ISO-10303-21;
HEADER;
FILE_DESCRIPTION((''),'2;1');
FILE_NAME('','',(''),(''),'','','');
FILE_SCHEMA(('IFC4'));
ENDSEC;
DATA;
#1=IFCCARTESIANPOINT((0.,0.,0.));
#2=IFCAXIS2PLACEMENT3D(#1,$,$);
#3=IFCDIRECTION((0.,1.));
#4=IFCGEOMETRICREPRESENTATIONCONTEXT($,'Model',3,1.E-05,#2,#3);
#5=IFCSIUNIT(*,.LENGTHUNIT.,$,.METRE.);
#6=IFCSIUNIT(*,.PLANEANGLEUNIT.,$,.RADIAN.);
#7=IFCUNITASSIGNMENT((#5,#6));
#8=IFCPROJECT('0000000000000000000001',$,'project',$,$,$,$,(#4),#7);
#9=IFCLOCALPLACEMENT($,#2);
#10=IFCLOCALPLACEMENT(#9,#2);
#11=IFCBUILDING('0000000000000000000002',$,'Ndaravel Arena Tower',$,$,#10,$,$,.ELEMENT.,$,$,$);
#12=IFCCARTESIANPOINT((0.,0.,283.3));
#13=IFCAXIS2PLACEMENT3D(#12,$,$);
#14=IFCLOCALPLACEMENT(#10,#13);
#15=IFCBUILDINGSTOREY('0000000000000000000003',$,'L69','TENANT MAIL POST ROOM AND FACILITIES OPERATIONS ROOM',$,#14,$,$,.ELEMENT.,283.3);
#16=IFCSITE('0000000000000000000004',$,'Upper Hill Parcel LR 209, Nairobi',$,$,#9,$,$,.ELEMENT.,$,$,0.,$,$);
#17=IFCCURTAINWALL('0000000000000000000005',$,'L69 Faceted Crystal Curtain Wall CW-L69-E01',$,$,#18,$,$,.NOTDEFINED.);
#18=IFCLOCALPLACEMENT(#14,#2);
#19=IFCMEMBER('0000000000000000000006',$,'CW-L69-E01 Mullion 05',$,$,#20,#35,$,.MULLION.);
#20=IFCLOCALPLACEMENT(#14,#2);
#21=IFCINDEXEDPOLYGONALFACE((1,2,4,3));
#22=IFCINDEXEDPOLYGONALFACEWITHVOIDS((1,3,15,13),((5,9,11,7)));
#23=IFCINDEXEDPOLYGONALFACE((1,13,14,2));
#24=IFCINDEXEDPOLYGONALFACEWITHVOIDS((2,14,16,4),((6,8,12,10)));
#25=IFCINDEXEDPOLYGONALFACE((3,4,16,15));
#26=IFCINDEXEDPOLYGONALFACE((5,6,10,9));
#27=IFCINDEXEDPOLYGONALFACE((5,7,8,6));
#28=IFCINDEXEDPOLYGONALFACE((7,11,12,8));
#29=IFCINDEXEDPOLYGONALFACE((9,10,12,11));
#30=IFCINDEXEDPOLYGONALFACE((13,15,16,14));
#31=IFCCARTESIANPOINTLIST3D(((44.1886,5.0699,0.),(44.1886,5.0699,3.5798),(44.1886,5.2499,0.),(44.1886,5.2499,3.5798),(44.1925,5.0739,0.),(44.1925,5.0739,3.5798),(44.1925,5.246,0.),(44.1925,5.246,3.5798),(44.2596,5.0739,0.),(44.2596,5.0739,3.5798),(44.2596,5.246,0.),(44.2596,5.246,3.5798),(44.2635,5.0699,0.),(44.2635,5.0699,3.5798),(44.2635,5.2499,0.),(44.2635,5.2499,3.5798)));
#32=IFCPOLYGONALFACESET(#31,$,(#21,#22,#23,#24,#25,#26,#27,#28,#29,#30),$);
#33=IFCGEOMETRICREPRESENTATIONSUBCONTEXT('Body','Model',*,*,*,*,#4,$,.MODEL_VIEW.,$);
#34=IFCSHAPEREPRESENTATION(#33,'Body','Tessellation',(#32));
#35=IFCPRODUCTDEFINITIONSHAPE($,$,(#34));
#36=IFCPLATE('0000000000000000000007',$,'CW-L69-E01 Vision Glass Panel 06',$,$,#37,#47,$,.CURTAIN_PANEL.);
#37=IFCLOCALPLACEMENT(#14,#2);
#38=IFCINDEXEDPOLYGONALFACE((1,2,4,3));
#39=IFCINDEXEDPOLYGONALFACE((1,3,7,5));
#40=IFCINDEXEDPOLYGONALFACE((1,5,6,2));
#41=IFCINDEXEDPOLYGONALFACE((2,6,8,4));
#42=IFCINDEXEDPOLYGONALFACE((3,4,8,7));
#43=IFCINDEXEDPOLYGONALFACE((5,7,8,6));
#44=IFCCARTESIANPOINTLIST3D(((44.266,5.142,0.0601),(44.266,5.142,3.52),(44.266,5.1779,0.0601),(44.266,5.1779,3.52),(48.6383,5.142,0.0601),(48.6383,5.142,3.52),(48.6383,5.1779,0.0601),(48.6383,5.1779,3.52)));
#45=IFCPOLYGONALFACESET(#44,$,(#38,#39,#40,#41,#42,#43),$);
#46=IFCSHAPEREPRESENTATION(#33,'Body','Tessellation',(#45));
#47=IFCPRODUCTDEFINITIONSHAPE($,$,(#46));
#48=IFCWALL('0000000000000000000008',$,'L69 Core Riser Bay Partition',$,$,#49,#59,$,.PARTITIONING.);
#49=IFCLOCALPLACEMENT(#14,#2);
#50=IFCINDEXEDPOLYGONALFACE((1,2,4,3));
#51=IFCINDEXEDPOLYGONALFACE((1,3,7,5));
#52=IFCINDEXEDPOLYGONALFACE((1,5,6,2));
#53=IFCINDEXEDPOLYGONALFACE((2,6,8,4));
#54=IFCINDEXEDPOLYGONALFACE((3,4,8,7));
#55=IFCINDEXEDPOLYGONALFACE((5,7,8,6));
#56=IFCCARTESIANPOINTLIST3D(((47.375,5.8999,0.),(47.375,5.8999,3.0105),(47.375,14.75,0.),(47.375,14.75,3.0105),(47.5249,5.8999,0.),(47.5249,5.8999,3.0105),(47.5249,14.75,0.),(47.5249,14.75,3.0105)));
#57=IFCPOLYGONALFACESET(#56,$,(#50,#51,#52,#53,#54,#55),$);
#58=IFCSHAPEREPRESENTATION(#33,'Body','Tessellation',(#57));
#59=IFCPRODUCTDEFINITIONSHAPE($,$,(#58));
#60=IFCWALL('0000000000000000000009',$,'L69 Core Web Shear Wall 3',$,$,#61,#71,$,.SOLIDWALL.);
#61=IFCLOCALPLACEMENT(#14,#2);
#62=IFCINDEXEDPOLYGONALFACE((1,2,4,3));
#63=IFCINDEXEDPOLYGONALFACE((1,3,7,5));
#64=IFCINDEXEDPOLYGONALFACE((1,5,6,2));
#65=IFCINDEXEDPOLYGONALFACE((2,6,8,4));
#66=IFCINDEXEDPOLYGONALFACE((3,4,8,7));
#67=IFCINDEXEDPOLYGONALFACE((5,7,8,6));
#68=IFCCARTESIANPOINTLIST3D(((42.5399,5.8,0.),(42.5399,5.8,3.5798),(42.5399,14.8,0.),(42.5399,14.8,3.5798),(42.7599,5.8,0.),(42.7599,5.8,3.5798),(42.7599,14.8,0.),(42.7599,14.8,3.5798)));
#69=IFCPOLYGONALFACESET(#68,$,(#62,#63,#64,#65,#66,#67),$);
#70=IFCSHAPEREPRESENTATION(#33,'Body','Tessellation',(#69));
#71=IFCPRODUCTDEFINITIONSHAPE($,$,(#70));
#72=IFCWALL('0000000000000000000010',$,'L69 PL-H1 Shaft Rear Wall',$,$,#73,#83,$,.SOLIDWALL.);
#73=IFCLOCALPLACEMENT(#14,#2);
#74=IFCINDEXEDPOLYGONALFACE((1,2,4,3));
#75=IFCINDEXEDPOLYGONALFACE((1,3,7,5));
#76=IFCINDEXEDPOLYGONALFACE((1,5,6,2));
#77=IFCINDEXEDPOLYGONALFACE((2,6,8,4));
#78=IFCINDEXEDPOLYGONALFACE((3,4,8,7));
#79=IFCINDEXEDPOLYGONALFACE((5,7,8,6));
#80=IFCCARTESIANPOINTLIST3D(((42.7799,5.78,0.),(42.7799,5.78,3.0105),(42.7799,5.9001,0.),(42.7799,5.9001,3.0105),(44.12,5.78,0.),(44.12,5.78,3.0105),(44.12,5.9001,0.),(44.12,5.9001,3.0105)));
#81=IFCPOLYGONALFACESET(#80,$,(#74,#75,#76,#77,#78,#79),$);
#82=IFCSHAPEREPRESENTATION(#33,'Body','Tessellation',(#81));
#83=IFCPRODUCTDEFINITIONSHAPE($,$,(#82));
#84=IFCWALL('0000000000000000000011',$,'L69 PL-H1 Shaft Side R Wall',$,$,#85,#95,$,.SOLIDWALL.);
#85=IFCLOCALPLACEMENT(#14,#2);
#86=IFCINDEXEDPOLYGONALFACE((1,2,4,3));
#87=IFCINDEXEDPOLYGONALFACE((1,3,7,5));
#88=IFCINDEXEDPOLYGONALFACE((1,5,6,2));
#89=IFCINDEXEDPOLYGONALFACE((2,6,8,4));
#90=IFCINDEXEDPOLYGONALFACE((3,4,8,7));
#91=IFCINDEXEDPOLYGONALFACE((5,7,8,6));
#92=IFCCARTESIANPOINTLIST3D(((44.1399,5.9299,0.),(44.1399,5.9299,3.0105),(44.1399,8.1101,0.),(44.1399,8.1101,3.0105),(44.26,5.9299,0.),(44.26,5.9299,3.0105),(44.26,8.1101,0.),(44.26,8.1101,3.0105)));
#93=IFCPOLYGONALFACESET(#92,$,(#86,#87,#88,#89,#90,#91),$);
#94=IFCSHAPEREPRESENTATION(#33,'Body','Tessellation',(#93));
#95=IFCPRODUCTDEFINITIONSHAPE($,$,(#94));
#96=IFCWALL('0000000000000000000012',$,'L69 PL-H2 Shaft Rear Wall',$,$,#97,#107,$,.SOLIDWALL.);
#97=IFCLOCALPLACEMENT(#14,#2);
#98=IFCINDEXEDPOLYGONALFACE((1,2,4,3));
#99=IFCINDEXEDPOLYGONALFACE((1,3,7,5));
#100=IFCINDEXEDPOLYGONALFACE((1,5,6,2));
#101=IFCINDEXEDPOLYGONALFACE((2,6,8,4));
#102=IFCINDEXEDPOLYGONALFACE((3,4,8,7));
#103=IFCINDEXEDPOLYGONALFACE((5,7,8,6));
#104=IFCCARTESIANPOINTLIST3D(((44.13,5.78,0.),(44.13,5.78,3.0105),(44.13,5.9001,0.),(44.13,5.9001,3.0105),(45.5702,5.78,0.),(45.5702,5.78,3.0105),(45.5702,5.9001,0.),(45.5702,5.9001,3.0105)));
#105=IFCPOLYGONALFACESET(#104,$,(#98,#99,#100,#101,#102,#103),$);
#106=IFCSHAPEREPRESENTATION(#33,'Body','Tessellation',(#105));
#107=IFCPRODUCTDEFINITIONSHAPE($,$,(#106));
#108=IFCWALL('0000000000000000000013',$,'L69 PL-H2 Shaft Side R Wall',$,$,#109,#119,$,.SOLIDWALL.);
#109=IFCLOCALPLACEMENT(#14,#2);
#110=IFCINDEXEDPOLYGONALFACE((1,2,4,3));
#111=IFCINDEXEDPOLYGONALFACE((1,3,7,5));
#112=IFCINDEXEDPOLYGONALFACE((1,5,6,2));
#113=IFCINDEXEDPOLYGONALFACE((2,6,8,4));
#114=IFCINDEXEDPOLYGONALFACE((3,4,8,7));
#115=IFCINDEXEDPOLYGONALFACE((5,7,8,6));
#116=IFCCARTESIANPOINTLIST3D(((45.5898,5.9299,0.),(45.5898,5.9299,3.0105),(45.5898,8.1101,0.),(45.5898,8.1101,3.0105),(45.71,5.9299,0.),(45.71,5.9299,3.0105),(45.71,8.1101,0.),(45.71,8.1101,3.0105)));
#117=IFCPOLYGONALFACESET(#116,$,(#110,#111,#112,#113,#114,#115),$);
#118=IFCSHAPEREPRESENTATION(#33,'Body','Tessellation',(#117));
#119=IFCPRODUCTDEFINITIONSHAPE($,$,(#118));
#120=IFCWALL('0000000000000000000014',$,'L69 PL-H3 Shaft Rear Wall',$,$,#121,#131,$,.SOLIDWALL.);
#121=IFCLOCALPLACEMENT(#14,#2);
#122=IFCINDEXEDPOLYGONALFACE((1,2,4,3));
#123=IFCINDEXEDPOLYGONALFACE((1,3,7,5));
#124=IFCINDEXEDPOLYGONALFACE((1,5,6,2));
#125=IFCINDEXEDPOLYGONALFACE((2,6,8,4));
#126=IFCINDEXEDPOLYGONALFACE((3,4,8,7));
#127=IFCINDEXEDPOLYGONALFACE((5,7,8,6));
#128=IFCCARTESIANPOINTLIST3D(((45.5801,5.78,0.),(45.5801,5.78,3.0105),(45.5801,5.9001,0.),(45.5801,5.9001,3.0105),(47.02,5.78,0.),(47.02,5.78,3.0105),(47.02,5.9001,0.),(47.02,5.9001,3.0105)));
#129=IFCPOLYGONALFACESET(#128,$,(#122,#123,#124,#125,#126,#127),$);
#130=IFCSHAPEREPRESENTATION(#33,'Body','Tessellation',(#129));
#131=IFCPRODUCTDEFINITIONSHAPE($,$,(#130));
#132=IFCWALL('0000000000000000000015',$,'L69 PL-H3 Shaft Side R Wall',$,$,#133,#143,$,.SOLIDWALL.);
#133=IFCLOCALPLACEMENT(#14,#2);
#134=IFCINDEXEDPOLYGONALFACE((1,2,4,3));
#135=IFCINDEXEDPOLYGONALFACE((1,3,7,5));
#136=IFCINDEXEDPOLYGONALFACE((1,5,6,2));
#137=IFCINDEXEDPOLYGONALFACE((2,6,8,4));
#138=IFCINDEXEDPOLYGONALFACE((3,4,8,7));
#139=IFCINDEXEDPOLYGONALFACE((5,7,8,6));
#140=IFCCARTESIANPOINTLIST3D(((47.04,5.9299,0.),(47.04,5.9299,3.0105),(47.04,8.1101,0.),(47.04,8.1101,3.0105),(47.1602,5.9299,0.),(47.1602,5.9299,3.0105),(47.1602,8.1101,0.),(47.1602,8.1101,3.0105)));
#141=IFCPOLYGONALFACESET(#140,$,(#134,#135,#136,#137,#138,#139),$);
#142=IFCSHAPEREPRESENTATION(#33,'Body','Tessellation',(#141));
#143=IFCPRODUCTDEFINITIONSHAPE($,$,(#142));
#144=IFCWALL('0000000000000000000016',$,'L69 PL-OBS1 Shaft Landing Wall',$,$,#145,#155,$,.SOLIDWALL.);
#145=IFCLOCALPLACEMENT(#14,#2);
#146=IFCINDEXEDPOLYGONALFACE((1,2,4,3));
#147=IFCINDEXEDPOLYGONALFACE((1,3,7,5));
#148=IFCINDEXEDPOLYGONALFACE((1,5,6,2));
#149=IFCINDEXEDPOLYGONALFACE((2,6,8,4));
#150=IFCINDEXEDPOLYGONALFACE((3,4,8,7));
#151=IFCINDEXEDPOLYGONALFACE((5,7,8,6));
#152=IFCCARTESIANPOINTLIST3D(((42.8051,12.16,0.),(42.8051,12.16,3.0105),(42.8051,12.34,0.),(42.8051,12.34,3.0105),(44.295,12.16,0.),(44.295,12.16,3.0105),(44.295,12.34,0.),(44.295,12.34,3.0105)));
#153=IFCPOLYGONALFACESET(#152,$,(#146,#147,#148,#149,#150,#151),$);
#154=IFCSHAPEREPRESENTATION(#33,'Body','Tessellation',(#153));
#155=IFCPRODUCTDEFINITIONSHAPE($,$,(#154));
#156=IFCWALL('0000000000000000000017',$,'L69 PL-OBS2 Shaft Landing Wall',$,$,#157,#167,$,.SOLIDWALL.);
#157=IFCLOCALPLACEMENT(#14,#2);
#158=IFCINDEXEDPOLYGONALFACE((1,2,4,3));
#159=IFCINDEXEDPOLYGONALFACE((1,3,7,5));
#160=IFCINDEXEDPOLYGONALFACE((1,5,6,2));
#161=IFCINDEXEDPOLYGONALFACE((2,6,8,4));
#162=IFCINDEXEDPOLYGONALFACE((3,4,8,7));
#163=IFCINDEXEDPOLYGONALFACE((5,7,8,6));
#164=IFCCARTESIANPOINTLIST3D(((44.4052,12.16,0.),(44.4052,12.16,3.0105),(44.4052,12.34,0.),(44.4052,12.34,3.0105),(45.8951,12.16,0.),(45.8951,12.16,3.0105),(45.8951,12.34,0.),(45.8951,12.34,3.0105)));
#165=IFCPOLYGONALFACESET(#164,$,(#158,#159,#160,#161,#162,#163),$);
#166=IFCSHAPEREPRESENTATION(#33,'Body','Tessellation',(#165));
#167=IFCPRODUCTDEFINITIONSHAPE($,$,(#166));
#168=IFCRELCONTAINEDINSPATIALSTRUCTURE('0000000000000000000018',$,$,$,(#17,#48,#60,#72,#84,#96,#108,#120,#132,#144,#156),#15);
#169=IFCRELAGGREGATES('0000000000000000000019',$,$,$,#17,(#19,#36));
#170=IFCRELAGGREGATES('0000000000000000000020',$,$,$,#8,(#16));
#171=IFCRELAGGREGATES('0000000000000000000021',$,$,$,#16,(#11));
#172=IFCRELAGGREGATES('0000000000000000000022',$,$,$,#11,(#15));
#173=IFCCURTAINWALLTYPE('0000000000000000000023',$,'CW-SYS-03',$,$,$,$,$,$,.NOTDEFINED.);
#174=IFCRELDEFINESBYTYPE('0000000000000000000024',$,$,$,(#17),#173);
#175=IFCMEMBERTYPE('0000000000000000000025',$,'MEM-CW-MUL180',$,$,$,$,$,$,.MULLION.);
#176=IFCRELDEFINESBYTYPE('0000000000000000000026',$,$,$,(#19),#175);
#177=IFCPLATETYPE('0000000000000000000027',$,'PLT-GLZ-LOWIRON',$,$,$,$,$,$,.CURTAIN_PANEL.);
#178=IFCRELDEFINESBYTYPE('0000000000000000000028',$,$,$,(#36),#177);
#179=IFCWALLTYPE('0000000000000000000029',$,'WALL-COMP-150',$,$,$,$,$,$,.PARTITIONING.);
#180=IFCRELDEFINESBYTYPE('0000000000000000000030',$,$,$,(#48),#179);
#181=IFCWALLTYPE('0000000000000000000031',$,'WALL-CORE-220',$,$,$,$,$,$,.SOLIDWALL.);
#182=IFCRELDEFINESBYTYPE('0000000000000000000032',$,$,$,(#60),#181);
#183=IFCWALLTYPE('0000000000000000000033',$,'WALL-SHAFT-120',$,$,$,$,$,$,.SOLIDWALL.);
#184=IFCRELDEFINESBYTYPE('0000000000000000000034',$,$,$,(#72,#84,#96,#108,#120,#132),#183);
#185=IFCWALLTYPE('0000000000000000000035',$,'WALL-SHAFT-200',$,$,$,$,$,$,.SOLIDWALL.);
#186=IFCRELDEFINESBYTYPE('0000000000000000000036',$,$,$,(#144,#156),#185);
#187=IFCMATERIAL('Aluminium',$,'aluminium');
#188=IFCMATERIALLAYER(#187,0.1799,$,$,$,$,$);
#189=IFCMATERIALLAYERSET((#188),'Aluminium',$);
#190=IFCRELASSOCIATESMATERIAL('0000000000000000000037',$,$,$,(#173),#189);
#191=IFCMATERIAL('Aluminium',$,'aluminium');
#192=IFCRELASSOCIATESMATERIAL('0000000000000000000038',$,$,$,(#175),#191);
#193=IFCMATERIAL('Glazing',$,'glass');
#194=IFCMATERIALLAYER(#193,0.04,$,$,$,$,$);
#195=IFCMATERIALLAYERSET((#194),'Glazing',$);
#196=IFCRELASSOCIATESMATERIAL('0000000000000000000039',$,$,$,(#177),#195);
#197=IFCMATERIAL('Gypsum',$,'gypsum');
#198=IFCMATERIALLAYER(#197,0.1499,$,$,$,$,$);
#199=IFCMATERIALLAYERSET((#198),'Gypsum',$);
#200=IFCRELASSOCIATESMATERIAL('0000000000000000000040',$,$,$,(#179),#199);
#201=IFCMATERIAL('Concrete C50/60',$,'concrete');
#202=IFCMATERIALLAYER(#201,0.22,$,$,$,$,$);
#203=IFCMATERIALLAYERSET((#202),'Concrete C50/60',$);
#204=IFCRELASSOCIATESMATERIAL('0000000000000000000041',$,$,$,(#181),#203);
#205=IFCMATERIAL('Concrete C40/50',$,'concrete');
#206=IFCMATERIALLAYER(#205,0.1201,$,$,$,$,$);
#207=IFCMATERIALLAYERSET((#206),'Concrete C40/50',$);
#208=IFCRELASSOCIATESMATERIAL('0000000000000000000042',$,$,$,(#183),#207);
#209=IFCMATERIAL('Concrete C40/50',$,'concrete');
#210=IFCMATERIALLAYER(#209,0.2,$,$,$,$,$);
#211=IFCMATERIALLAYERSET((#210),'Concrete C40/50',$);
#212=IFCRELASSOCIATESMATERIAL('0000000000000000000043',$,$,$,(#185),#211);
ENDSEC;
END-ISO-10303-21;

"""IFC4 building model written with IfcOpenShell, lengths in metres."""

from ifc_helpers import new_model, si_unit, direction, frame, frame_2d, origin, origin_2d, place, context, subcontext, project, spatial, rectangle, hollow_rectangle, extrude, material, layer, layer_set, material_profile, profile_set, type_object, element, aggregate, save


model = new_model("IFC4")

# Units and contexts
model_context = context("Model", 3, precision=1e-05, world=origin(), true_north=direction((0.0, 1.0)))
body_context = subcontext(model_context, "Body", "Model", "MODEL_VIEW")
ifc_project = project(units=[si_unit("LENGTHUNIT", "METRE"), si_unit("PLANEANGLEUNIT", "RADIAN")], contexts=[model_context])

# Site, building, storey
site_placement = place(None, origin())
site = spatial("IfcSite", under=ifc_project, at=site_placement, Name="Upper Hill Parcel LR 209, Nairobi", CompositionType="ELEMENT", RefElevation=0.0)
building_placement = place(site_placement, origin())
building = spatial("IfcBuilding", under=site, at=building_placement, Name="Ndaravel Arena Tower", CompositionType="ELEMENT")
storey_placement = place(building_placement, frame((0.0, 0.0, 283.3)))
storey = spatial("IfcBuildingStorey", under=building, at=storey_placement, Name="L69", Description="TENANT MAIL POST ROOM AND FACILITIES OPERATIONS ROOM", CompositionType="ELEMENT", Elevation=283.3)

# Curtain wall, member, plate
ifc_material_1 = material(Name="Aluminium", Category="aluminium")
ifc_layer_1 = layer(ifc_material_1, 0.1799)
ifc_layer_set_1 = layer_set([ifc_layer_1], Name="Aluminium")
curtain_wall_type = type_object("IfcCurtainWallType", Name="CW-SYS-03", PredefinedType="NOTDEFINED", material=ifc_layer_set_1)
curtain_wall_placement = place(storey_placement, origin())
curtain_wall = element("IfcCurtainWall", 1, at=curtain_wall_placement, inside=storey, type_object=curtain_wall_type, Name="L69 Faceted Crystal Curtain Wall CW-L69-E01", PredefinedType="NOTDEFINED")
ifc_material_2 = material(Name="Aluminium", Category="aluminium")
ifc_material_profile = material_profile(ifc_material_2, hollow_rectangle(XDim=0.075, YDim=0.1799, WallThickness=0.0039, at=origin_2d()), Name="CW MULLION 75x180x4")
ifc_profile_set = profile_set([ifc_material_profile], Name="Aluminium")
member_type = type_object("IfcMemberType", Name="MEM-CW-MUL180", PredefinedType="MULLION", material=ifc_profile_set)
member_placement = place(storey_placement, frame((44.2261, 5.1599, 0.0), z_axis=(0.0, 0.0, 1.0), x_axis=(1.0, 0.0, 0.0)))
member = element("IfcMember", 2, at=member_placement, type_object=member_type, Name="CW-L69-E01 Mullion 05", PredefinedType="MULLION", context=body_context, shape_type="SweptSolid", body=[
    extrude(hollow_rectangle(XDim=0.075, YDim=0.1799, WallThickness=0.0039, at=origin_2d()), origin(), (0.0, 0.0, 1.0), 3.5798),
])
ifc_material_3 = material(Name="Glazing", Category="glass")
ifc_layer_2 = layer(ifc_material_3, 0.04)
ifc_layer_set_2 = layer_set([ifc_layer_2], Name="Glazing")
plate_type = type_object("IfcPlateType", Name="PLT-GLZ-LOWIRON", PredefinedType="CURTAIN_PANEL", material=ifc_layer_set_2)
plate_placement = place(storey_placement, frame((46.4521, 5.1599, 0.0601), z_axis=(0.0, 0.0, 1.0), x_axis=(1.0, 0.0, 0.0)))
plate = element("IfcPlate", 3, at=plate_placement, type_object=plate_type, Name="CW-L69-E01 Vision Glass Panel 06", PredefinedType="CURTAIN_PANEL", context=body_context, shape_type="SweptSolid", body=[
    extrude(rectangle(XDim=4.3723, YDim=0.0359, at=origin_2d()), origin(), (0.0, 0.0, 1.0), 3.46),
])
aggregate(curtain_wall, [member, plate])

# Walls
ifc_material_4 = material(Name="Gypsum", Category="gypsum")
ifc_layer_3 = layer(ifc_material_4, 0.1499)
ifc_layer_set_3 = layer_set([ifc_layer_3], Name="Gypsum")
wall_type_1 = type_object("IfcWallType", Name="WALL-COMP-150", PredefinedType="PARTITIONING", material=ifc_layer_set_3)
wall_1_placement = place(storey_placement, frame((47.45, 5.8999, 0.0), z_axis=(0.0, 0.0, 1.0), x_axis=(0.0, 1.0, 0.0)))
element("IfcWall", 4, at=wall_1_placement, inside=storey, type_object=wall_type_1, Name="L69 Core Riser Bay Partition", PredefinedType="PARTITIONING", context=body_context, shape_type="SweptSolid", body=[
    extrude(rectangle(XDim=8.8501, YDim=0.1499, at=frame_2d((4.425, 0.0))), origin(), (0.0, 0.0, 1.0), 3.0105),
])
ifc_material_5 = material(Name="Concrete C50/60", Category="concrete")
ifc_layer_4 = layer(ifc_material_5, 0.22)
ifc_layer_set_4 = layer_set([ifc_layer_4], Name="Concrete C50/60")
wall_type_2 = type_object("IfcWallType", Name="WALL-CORE-220", PredefinedType="SOLIDWALL", material=ifc_layer_set_4)
wall_2_placement = place(storey_placement, frame((42.6499, 5.8, 0.0), z_axis=(0.0, 0.0, 1.0), x_axis=(0.0, 1.0, 0.0)))
element("IfcWall", 5, at=wall_2_placement, inside=storey, type_object=wall_type_2, Name="L69 Core Web Shear Wall 3", PredefinedType="SOLIDWALL", context=body_context, shape_type="SweptSolid", body=[
    extrude(rectangle(XDim=9.0, YDim=0.22, at=frame_2d((4.5, 0.0))), origin(), (0.0, 0.0, 1.0), 3.5798),
])
ifc_material_6 = material(Name="Concrete C40/50", Category="concrete")
ifc_layer_5 = layer(ifc_material_6, 0.1201)
ifc_layer_set_5 = layer_set([ifc_layer_5], Name="Concrete C40/50")
wall_type_3 = type_object("IfcWallType", Name="WALL-SHAFT-120", PredefinedType="SOLIDWALL", material=ifc_layer_set_5)
wall_3_placement = place(storey_placement, frame((42.78, 5.8401, 0.0), z_axis=(0.0, 0.0, 1.0), x_axis=(1.0, 0.0, 0.0)))
element("IfcWall", 6, at=wall_3_placement, inside=storey, type_object=wall_type_3, Name="L69 PL-H1 Shaft Rear Wall", PredefinedType="SOLIDWALL", context=body_context, shape_type="SweptSolid", body=[
    extrude(rectangle(XDim=1.3401, YDim=0.1201, at=frame_2d((0.6699, 0.0))), origin(), (0.0, 0.0, 1.0), 3.0105),
])
wall_4_placement = place(storey_placement, frame((44.2, 5.9299, 0.0), z_axis=(0.0, 0.0, 1.0), x_axis=(0.0, 1.0, 0.0)))
element("IfcWall", 7, at=wall_4_placement, inside=storey, type_object=wall_type_3, Name="L69 PL-H1 Shaft Side R Wall", PredefinedType="SOLIDWALL", context=body_context, shape_type="SweptSolid", body=[
    extrude(rectangle(XDim=2.1802, YDim=0.1201, at=frame_2d((1.0901, 0.0))), origin(), (0.0, 0.0, 1.0), 3.0105),
])
wall_5_placement = place(storey_placement, frame((44.1299, 5.8401, 0.0), z_axis=(0.0, 0.0, 1.0), x_axis=(1.0, 0.0, 0.0)))
element("IfcWall", 8, at=wall_5_placement, inside=storey, type_object=wall_type_3, Name="L69 PL-H2 Shaft Rear Wall", PredefinedType="SOLIDWALL", context=body_context, shape_type="SweptSolid", body=[
    extrude(rectangle(XDim=1.4402, YDim=0.1201, at=frame_2d((0.7202, 0.0))), origin(), (0.0, 0.0, 1.0), 3.0105),
])
wall_6_placement = place(storey_placement, frame((45.6499, 5.9299, 0.0), z_axis=(0.0, 0.0, 1.0), x_axis=(0.0, 1.0, 0.0)))
element("IfcWall", 9, at=wall_6_placement, inside=storey, type_object=wall_type_3, Name="L69 PL-H2 Shaft Side R Wall", PredefinedType="SOLIDWALL", context=body_context, shape_type="SweptSolid", body=[
    extrude(rectangle(XDim=2.1802, YDim=0.1201, at=frame_2d((1.0901, 0.0))), origin(), (0.0, 0.0, 1.0), 3.0105),
])
wall_7_placement = place(storey_placement, frame((45.5801, 5.8401, 0.0), z_axis=(0.0, 0.0, 1.0), x_axis=(1.0, 0.0, 0.0)))
element("IfcWall", 10, at=wall_7_placement, inside=storey, type_object=wall_type_3, Name="L69 PL-H3 Shaft Rear Wall", PredefinedType="SOLIDWALL", context=body_context, shape_type="SweptSolid", body=[
    extrude(rectangle(XDim=1.4399, YDim=0.1201, at=frame_2d((0.72, 0.0))), origin(), (0.0, 0.0, 1.0), 3.0105),
])
wall_8_placement = place(storey_placement, frame((47.1001, 5.9299, 0.0), z_axis=(0.0, 0.0, 1.0), x_axis=(0.0, 1.0, 0.0)))
element("IfcWall", 11, at=wall_8_placement, inside=storey, type_object=wall_type_3, Name="L69 PL-H3 Shaft Side R Wall", PredefinedType="SOLIDWALL", context=body_context, shape_type="SweptSolid", body=[
    extrude(rectangle(XDim=2.1802, YDim=0.1201, at=frame_2d((1.0901, 0.0))), origin(), (0.0, 0.0, 1.0), 3.0105),
])

# Shared definitions
ifc_material_7 = material(Name="Concrete C40/50", Category="concrete")
ifc_layer_6 = layer(ifc_material_7, 0.2)
ifc_layer_set_6 = layer_set([ifc_layer_6], Name="Concrete C40/50")
wall_type_4 = type_object("IfcWallType", Name="WALL-SHAFT-200", PredefinedType="SOLIDWALL", material=ifc_layer_set_6)

# Walls
for number, where, z_axis, x_axis, name in (
    (12, (42.8049, 12.25, 0.0), (0.0, 0.0, 1.0), (1.0, 0.0, 0.0), "L69 PL-OBS1 Shaft Landing Wall"),
    (13, (44.405, 12.25, 0.0), (0.0, 0.0, 1.0), (1.0, 0.0, 0.0), "L69 PL-OBS2 Shaft Landing Wall"),
):
    element("IfcWall", number, at=place(storey_placement, frame(where, z_axis=z_axis, x_axis=x_axis)), inside=storey, type_object=wall_type_4, Name=name, PredefinedType="SOLIDWALL", context=body_context, shape_type="SweptSolid", body=[
        extrude(rectangle(XDim=1.49, YDim=0.1799, at=frame_2d((0.7451, 0.0))), origin(), (0.0, 0.0, 1.0), 3.0105),
    ])

save(model, "model.ifc")
